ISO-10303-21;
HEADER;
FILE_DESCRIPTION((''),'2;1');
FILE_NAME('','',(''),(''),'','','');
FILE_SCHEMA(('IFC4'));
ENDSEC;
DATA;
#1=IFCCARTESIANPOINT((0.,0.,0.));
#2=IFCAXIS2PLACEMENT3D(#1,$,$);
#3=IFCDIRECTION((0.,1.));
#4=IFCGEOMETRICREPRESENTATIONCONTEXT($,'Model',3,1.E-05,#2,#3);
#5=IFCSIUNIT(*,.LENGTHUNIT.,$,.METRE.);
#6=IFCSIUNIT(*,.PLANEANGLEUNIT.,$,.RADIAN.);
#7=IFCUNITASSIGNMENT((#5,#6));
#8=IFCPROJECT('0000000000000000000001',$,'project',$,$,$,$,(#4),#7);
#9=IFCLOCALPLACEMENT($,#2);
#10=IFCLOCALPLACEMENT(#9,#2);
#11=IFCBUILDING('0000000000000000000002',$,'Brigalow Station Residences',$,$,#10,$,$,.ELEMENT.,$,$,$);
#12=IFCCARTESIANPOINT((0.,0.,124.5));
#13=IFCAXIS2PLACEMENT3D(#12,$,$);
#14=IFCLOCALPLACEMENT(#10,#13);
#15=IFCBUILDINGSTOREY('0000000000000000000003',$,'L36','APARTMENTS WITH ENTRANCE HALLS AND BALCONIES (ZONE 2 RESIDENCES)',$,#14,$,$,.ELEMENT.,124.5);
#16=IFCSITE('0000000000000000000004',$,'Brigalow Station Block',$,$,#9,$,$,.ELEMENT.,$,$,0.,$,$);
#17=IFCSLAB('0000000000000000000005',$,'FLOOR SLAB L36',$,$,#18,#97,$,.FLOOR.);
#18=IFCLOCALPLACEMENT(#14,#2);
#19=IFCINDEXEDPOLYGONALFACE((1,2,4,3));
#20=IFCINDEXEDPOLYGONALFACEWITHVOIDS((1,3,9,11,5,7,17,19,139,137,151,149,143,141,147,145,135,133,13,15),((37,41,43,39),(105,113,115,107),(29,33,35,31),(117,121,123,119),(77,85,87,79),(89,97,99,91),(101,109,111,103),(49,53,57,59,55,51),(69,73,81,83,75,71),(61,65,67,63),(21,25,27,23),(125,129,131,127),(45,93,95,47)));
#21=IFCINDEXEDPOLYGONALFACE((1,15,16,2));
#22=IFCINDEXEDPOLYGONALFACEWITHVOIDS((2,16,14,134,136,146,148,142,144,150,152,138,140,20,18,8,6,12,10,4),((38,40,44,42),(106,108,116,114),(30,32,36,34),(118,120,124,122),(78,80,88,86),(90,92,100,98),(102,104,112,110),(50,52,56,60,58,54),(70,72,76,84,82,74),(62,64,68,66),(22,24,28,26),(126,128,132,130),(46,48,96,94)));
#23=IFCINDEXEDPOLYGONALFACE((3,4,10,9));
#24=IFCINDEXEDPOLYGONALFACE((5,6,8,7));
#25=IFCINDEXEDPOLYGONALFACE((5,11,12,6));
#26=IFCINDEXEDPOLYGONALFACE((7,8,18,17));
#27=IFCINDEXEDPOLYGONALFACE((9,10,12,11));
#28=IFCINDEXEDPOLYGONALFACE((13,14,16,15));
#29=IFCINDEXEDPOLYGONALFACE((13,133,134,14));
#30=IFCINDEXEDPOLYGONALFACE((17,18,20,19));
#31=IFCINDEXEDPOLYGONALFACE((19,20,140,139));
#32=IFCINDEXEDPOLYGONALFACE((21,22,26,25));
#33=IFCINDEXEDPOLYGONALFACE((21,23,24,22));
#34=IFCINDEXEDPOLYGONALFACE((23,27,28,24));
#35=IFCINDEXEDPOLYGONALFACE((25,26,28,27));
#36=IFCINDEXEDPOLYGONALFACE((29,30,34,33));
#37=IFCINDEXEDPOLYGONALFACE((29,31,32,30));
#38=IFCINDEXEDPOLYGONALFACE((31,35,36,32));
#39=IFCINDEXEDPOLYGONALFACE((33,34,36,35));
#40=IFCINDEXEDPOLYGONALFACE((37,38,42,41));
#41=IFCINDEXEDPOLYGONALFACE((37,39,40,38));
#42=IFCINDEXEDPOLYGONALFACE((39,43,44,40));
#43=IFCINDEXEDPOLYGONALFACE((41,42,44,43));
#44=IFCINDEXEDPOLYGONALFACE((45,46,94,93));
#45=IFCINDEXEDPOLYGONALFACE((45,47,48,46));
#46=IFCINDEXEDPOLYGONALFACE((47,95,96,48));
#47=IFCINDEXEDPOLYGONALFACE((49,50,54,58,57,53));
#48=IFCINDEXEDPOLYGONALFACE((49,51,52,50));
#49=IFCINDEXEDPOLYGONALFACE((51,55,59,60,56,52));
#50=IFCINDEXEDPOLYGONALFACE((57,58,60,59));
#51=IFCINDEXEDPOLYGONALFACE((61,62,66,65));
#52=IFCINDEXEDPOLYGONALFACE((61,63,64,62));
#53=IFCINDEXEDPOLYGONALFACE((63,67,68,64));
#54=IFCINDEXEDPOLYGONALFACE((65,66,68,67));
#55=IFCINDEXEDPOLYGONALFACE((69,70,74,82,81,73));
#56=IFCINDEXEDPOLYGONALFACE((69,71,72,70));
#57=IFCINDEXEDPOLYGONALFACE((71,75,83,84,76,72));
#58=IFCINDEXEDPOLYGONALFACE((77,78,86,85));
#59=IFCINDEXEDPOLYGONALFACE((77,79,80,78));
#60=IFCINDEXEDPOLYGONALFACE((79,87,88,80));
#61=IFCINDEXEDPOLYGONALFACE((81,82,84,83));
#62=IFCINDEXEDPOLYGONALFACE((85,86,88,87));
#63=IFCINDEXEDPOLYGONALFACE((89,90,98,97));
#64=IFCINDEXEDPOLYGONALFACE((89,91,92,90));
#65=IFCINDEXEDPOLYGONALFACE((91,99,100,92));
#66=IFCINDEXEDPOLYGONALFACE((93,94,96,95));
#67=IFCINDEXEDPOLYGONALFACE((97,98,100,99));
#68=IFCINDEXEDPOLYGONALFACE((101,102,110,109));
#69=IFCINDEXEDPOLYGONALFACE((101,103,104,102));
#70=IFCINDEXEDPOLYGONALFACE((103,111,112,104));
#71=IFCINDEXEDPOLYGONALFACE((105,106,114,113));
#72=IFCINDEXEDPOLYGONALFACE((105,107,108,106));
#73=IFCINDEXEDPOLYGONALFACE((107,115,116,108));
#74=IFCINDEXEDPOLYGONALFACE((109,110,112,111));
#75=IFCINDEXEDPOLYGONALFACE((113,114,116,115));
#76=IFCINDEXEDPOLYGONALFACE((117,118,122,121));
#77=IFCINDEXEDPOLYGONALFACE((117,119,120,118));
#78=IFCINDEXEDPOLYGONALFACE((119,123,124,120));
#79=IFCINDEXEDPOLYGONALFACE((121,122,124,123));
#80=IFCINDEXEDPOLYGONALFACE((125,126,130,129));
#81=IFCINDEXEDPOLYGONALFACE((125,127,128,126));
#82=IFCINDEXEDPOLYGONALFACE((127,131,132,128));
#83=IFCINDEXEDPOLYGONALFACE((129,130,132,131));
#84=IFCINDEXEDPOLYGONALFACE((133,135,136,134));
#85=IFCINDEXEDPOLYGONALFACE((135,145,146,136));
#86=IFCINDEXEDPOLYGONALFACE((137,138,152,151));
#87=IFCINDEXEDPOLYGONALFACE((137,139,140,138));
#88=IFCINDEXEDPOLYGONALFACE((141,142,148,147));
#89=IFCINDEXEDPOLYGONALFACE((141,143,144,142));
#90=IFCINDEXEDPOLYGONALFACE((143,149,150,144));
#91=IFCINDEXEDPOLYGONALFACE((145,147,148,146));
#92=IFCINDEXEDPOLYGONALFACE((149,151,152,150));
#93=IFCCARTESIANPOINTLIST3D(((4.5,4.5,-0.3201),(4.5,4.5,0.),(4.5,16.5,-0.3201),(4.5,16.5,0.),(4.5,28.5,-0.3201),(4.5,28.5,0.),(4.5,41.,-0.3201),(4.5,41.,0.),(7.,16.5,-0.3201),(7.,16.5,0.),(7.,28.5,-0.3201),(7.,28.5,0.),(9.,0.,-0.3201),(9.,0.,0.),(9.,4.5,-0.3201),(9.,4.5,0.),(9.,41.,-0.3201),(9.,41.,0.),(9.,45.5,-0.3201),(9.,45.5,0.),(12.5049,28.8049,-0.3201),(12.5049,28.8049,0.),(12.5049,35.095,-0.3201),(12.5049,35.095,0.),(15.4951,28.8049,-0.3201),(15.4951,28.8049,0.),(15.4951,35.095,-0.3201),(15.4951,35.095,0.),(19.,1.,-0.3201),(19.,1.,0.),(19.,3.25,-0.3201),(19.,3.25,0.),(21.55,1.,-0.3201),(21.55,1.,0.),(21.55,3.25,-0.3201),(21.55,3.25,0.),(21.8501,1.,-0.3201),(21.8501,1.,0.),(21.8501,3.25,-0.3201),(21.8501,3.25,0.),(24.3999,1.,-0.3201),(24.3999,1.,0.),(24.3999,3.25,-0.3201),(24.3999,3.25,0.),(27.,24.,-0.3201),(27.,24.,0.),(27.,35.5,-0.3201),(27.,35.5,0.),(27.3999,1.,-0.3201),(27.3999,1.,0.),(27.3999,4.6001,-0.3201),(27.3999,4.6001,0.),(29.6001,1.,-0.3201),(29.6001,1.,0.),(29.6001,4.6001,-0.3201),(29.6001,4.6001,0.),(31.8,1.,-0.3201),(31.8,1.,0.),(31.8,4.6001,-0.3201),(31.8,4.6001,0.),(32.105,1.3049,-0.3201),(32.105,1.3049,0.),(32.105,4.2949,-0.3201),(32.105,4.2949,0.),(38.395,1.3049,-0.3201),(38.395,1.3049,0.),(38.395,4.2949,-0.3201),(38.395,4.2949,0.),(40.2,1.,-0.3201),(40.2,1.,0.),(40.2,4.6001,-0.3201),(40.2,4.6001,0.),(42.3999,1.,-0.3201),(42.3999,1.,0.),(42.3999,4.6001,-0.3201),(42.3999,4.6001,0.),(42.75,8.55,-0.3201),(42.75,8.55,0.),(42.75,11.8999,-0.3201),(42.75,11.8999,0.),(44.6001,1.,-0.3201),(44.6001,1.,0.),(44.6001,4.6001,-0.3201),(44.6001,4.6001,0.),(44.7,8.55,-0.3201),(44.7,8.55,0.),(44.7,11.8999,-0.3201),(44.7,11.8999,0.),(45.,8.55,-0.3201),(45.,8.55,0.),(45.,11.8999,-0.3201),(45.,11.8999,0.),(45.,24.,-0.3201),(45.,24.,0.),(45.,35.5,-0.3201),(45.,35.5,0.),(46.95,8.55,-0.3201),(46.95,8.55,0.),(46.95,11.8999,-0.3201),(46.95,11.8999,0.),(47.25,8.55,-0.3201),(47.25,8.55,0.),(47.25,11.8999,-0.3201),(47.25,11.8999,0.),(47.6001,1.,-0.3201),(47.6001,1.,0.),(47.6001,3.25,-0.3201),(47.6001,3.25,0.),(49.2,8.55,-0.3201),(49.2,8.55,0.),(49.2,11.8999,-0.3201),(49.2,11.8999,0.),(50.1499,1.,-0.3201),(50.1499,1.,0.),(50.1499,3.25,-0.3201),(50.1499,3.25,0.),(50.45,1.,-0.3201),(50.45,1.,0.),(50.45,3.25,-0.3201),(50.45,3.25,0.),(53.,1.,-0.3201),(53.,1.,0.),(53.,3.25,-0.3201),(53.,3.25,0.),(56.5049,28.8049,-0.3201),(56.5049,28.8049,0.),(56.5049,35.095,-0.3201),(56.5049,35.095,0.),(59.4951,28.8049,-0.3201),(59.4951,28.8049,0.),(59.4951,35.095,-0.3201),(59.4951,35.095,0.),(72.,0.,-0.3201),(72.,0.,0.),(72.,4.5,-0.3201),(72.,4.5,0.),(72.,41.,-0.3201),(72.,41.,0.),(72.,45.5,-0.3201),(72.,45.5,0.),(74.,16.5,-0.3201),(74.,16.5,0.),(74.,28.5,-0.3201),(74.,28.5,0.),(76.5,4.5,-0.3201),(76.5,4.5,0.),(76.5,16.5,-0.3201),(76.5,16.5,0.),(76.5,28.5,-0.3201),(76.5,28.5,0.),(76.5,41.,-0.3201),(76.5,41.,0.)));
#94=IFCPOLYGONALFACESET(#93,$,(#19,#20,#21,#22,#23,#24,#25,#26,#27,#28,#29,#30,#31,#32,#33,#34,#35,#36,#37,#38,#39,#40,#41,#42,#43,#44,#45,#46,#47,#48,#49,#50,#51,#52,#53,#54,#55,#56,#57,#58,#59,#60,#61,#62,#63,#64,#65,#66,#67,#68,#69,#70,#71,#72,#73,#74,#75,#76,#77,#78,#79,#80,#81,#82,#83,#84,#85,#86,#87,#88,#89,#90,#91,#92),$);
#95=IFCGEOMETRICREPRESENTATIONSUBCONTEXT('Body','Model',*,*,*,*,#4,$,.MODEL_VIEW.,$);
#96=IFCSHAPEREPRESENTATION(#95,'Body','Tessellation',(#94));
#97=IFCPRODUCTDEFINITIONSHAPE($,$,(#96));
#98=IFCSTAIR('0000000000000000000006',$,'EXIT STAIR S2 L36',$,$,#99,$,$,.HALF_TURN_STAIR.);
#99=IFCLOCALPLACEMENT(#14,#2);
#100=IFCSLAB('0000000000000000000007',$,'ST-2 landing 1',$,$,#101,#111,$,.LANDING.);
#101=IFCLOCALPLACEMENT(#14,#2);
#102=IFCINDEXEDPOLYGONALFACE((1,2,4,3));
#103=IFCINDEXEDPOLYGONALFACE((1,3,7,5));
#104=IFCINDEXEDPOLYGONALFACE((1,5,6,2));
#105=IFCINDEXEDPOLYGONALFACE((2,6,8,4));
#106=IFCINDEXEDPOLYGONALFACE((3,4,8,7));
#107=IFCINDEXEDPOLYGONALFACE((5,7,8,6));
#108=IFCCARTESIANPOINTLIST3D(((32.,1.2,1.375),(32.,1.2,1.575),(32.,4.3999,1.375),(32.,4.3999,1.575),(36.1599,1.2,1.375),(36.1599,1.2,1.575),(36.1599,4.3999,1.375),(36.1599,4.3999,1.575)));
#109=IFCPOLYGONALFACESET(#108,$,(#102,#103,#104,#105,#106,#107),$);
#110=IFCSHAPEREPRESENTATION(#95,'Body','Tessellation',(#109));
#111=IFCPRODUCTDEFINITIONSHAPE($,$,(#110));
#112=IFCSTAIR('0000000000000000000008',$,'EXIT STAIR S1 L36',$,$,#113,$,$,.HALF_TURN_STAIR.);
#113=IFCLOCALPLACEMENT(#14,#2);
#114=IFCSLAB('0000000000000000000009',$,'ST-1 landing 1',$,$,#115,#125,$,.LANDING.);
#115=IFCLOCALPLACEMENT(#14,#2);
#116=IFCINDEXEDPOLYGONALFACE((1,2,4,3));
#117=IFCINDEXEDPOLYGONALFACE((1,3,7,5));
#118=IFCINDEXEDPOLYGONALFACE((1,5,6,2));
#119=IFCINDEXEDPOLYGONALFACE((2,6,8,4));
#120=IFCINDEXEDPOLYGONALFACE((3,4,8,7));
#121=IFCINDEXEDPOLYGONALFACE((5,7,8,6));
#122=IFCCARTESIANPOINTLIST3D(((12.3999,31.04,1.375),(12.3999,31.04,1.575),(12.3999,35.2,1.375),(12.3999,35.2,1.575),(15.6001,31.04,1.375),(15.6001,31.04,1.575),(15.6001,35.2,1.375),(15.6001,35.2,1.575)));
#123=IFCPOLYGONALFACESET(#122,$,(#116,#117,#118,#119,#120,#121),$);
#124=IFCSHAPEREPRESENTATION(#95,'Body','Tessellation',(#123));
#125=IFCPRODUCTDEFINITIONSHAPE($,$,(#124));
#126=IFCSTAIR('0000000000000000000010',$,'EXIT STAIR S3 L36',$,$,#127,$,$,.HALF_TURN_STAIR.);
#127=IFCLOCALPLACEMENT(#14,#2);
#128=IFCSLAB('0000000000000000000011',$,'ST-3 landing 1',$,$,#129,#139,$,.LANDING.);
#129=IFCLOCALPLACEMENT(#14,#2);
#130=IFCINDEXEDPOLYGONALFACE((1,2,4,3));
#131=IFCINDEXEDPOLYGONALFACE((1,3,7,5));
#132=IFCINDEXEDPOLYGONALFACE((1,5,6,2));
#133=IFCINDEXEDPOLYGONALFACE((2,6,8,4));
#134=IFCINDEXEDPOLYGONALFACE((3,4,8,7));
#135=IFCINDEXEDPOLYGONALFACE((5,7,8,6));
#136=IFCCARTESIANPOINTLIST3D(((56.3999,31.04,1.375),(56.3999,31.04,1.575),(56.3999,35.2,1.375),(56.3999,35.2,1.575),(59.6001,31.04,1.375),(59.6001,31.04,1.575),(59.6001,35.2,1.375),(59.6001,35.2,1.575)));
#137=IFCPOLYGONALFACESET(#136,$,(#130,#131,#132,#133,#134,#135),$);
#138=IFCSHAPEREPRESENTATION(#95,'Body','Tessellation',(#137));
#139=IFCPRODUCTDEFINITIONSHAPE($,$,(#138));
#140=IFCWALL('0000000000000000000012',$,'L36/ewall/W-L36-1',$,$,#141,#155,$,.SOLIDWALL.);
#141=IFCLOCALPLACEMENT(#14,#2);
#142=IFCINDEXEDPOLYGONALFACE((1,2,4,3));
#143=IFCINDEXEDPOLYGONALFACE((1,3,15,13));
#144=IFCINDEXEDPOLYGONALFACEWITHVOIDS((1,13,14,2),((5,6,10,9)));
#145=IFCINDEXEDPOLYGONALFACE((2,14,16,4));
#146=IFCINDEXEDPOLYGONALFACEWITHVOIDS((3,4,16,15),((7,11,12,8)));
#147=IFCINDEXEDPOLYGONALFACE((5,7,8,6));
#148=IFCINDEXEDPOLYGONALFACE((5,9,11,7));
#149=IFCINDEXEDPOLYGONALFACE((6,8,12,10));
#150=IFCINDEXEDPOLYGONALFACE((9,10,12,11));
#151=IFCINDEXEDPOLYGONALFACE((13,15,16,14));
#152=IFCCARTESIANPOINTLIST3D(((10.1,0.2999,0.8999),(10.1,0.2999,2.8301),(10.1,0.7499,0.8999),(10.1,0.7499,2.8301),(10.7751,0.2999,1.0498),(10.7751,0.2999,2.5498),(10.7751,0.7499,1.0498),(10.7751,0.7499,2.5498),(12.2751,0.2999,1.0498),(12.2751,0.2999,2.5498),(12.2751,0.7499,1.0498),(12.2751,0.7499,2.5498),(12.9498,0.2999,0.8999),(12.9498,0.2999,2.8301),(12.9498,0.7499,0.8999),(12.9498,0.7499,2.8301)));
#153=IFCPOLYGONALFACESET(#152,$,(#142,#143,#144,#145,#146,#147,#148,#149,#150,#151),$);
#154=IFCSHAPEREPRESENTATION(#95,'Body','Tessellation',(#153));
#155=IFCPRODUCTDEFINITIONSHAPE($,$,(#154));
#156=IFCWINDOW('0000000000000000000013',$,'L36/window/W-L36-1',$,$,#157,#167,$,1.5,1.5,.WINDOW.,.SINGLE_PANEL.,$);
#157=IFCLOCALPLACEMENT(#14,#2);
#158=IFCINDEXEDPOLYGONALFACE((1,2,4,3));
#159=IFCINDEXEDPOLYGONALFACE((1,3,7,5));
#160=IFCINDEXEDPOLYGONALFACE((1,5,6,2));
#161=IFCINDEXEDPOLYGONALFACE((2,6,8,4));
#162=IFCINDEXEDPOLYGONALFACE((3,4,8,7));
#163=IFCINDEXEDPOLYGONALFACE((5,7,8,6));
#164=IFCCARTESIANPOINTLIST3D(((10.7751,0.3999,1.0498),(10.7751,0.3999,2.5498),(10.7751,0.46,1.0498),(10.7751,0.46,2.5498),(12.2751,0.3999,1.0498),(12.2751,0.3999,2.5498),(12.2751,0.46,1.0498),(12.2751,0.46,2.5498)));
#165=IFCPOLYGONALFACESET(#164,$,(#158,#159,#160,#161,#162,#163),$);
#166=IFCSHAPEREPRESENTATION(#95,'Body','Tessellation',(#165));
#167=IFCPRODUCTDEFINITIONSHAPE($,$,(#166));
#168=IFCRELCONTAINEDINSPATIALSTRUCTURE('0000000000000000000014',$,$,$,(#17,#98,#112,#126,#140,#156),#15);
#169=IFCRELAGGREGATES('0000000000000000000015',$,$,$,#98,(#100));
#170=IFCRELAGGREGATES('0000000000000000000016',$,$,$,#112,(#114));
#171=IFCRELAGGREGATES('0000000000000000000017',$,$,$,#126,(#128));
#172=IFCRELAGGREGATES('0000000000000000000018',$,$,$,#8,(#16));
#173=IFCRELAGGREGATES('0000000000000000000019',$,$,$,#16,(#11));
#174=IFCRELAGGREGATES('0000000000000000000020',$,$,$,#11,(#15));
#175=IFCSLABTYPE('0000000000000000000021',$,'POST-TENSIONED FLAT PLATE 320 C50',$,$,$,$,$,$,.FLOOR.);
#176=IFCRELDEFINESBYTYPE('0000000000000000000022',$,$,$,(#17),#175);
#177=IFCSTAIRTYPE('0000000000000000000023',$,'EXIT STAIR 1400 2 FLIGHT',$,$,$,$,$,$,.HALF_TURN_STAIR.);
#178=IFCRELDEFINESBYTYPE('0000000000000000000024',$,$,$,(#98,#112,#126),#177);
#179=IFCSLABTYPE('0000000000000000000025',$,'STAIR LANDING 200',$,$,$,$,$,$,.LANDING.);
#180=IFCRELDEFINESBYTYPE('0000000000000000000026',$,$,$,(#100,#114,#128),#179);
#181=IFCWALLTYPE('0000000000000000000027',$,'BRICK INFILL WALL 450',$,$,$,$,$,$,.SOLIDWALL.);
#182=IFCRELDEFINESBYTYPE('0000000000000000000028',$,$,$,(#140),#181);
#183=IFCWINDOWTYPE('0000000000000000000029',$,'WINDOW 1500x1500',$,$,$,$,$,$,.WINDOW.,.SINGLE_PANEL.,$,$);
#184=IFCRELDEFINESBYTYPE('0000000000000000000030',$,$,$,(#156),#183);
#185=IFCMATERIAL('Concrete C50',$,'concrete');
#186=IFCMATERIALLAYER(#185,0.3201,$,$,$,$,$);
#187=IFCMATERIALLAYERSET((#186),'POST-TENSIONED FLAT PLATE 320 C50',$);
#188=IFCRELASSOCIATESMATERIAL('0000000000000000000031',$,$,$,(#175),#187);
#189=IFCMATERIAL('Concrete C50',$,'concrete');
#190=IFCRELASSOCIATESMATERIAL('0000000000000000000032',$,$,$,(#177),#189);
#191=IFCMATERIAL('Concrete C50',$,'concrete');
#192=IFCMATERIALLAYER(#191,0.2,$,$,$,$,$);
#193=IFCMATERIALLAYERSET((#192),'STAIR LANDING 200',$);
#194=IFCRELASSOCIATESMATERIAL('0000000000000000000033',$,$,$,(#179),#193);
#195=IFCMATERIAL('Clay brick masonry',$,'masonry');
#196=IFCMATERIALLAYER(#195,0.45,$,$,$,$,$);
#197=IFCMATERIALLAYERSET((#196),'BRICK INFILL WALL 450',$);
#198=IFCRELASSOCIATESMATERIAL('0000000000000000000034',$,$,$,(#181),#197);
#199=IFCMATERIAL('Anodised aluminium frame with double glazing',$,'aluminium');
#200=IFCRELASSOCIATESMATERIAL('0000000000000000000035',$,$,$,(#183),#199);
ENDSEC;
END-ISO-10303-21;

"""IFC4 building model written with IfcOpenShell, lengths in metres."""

from ifc_helpers import new_model, si_unit, direction, frame, frame_2d, origin, place, context, subcontext, project, spatial, polyline, rectangle, outline, extrude, material, layer, layer_set, type_object, element, fill, aggregate, save


model = new_model("IFC4")

# Units and contexts
model_context = context("Model", 3, precision=1e-05, world=origin(), true_north=direction((0.0, 1.0)))
body_context = subcontext(model_context, "Body", "Model", "MODEL_VIEW")
ifc_project = project(units=[si_unit("LENGTHUNIT", "METRE"), si_unit("PLANEANGLEUNIT", "RADIAN")], contexts=[model_context])

# Site, building, storey
site_placement = place(None, origin())
site = spatial("IfcSite", under=ifc_project, at=site_placement, Name="Brigalow Station Block", CompositionType="ELEMENT", RefElevation=0.0)
building_placement = place(site_placement, origin())
building = spatial("IfcBuilding", under=site, at=building_placement, Name="Brigalow Station Residences", CompositionType="ELEMENT")
storey_placement = place(building_placement, frame((0.0, 0.0, 124.5)))
storey = spatial("IfcBuildingStorey", under=building, at=storey_placement, Name="L36", Description="APARTMENTS WITH ENTRANCE HALLS AND BALCONIES (ZONE 2 RESIDENCES)", CompositionType="ELEMENT", Elevation=124.5)

# Slab
ifc_material_1 = material(Name="Concrete C50", Category="concrete")
ifc_layer_1 = layer(ifc_material_1, 0.3201)
ifc_layer_set_1 = layer_set([ifc_layer_1], Name="POST-TENSIONED FLAT PLATE 320 C50")
slab_type_1 = type_object("IfcSlabType", Name="POST-TENSIONED FLAT PLATE 320 C50", PredefinedType="FLOOR", material=ifc_layer_set_1)
slab_1_placement = place(storey_placement, frame((0.0, 0.0, -0.3201)))
element("IfcSlab", 1, at=slab_1_placement, inside=storey, type_object=slab_type_1, Name="FLOOR SLAB L36", PredefinedType="FLOOR", context=body_context, shape_type="SweptSolid", body=[
    extrude(outline(polyline([(9.0, 0.0), (72.0, 0.0), (72.0, 4.5), (76.5, 4.5), (76.5, 16.5), (74.0, 16.5), (74.0, 28.5), (76.5, 28.5), (76.5, 41.0), (72.0, 41.0), (72.0, 45.5), (9.0, 45.5), (9.0, 41.0), (4.5, 41.0), (4.5, 28.5), (7.0, 28.5), (7.0, 16.5), (4.5, 16.5), (4.5, 4.5), (9.0, 4.5), (9.0, 0.0)]), holes=[polyline([(12.5049, 35.095), (15.4951, 35.095), (15.4951, 28.8049), (12.5049, 28.8049), (12.5049, 35.095)]), polyline([(19.0, 1.0), (19.0, 3.25), (21.55, 3.25), (21.55, 1.0), (19.0, 1.0)]), polyline([(21.8501, 3.25), (24.3999, 3.25), (24.3999, 1.0), (21.8501, 1.0), (21.8501, 3.25)]), polyline([(27.0, 35.5), (45.0, 35.5), (45.0, 24.0), (27.0, 24.0), (27.0, 35.5)]), polyline([(29.6001, 4.6001), (31.8, 4.6001), (31.8, 1.0), (29.6001, 1.0), (27.3999, 1.0), (27.3999, 4.6001), (29.6001, 4.6001)]), polyline([(32.105, 4.2949), (38.395, 4.2949), (38.395, 1.3049), (32.105, 1.3049), (32.105, 4.2949)]), polyline([(40.2, 4.6001), (42.3999, 4.6001), (44.6001, 4.6001), (44.6001, 1.0), (42.3999, 1.0), (40.2, 1.0), (40.2, 4.6001)]), polyline([(42.75, 11.8999), (44.7, 11.8999), (44.7, 8.55), (42.75, 8.55), (42.75, 11.8999)]), polyline([(45.0, 11.8999), (46.95, 11.8999), (46.95, 8.55), (45.0, 8.55), (45.0, 11.8999)]), polyline([(47.25, 11.8999), (49.2, 11.8999), (49.2, 8.55), (47.25, 8.55), (47.25, 11.8999)]), polyline([(47.6001, 3.25), (50.1499, 3.25), (50.1499, 1.0), (47.6001, 1.0), (47.6001, 3.25)]), polyline([(50.45, 3.25), (53.0, 3.25), (53.0, 1.0), (50.45, 1.0), (50.45, 3.25)]), polyline([(56.5049, 35.095), (59.4951, 35.095), (59.4951, 28.8049), (56.5049, 28.8049), (56.5049, 35.095)])]), origin(), (0.0, 0.0, 1.0), 0.3201),
])

# Stairs, slabs
ifc_material_2 = material(Name="Concrete C50", Category="concrete")
stair_type = type_object("IfcStairType", Name="EXIT STAIR 1400 2 FLIGHT", PredefinedType="HALF_TURN_STAIR", material=ifc_material_2)
stair_1_placement = place(storey_placement, origin())
stair_1 = element("IfcStair", 2, at=stair_1_placement, inside=storey, type_object=stair_type, Name="EXIT STAIR S2 L36", PredefinedType="HALF_TURN_STAIR")
ifc_material_3 = material(Name="Concrete C50", Category="concrete")
ifc_layer_2 = layer(ifc_material_3, 0.2)
ifc_layer_set_2 = layer_set([ifc_layer_2], Name="STAIR LANDING 200")
slab_type_2 = type_object("IfcSlabType", Name="STAIR LANDING 200", PredefinedType="LANDING", material=ifc_layer_set_2)
slab_2_placement = place(storey_placement, frame((0.0, 0.0, 1.375)))
slab_2 = element("IfcSlab", 3, at=slab_2_placement, type_object=slab_type_2, Name="ST-2 landing 1", PredefinedType="LANDING", context=body_context, shape_type="SweptSolid", body=[
    extrude(outline(polyline([(32.0, 1.2), (36.1599, 1.2), (36.1599, 4.3999), (32.0, 4.3999), (32.0, 1.2)])), origin(), (0.0, 0.0, 1.0), 0.2),
])
aggregate(stair_1, [slab_2])
stair_2_placement = place(storey_placement, origin())
stair_2 = element("IfcStair", 4, at=stair_2_placement, inside=storey, type_object=stair_type, Name="EXIT STAIR S1 L36", PredefinedType="HALF_TURN_STAIR")
slab_3_placement = place(storey_placement, frame((0.0, 0.0, 1.375)))
slab_3 = element("IfcSlab", 5, at=slab_3_placement, type_object=slab_type_2, Name="ST-1 landing 1", PredefinedType="LANDING", context=body_context, shape_type="SweptSolid", body=[
    extrude(outline(polyline([(12.3999, 31.04), (15.6001, 31.04), (15.6001, 35.2), (12.3999, 35.2), (12.3999, 31.04)])), origin(), (0.0, 0.0, 1.0), 0.2),
])
aggregate(stair_2, [slab_3])
stair_3_placement = place(storey_placement, origin())
stair_3 = element("IfcStair", 6, at=stair_3_placement, inside=storey, type_object=stair_type, Name="EXIT STAIR S3 L36", PredefinedType="HALF_TURN_STAIR")
slab_4_placement = place(storey_placement, frame((0.0, 0.0, 1.375)))
slab_4 = element("IfcSlab", 7, at=slab_4_placement, type_object=slab_type_2, Name="ST-3 landing 1", PredefinedType="LANDING", context=body_context, shape_type="SweptSolid", body=[
    extrude(outline(polyline([(56.3999, 31.04), (59.6001, 31.04), (59.6001, 35.2), (56.3999, 35.2), (56.3999, 31.04)])), origin(), (0.0, 0.0, 1.0), 0.2),
])
aggregate(stair_3, [slab_4])

# Wall, opening, window
ifc_material_4 = material(Name="Clay brick masonry", Category="masonry")
ifc_layer_3 = layer(ifc_material_4, 0.45)
ifc_layer_set_3 = layer_set([ifc_layer_3], Name="BRICK INFILL WALL 450")
wall_type_1 = type_object("IfcWallType", Name="BRICK INFILL WALL 450", PredefinedType="SOLIDWALL", material=ifc_layer_set_3)
wall_1_placement = place(storey_placement, frame((10.1001, 0.5249, 0.8999), z_axis=(0.0, 0.0, 1.0), x_axis=(1.0, 0.0, 0.0)))
wall_1 = element("IfcWall", 8, at=wall_1_placement, inside=storey, type_object=wall_type_1, Name="L36/ewall/W-L36-1", PredefinedType="SOLIDWALL", context=body_context, shape_type="SweptSolid", body=[
    extrude(rectangle(XDim=2.8499, YDim=0.45, at=frame_2d((1.4248, 0.0))), origin(), (0.0, 0.0, 1.0), 1.9302),
])
opening_1_placement = place(wall_1_placement, frame((0.675, 0.0, 0.1499)))
opening_1 = element("IfcOpeningElement", 9, at=opening_1_placement, cuts=wall_1, PredefinedType="OPENING", context=body_context, shape_type="SweptSolid", body=[
    extrude(rectangle(XDim=1.5, YDim=1.5, at=frame_2d((0.75, 0.75))), frame((0.0, 0.2349, 0.0), z_axis=(0.0, -1.0, 0.0), x_axis=(1.0, 0.0, 0.0)), (0.0, 0.0, 1.0), 0.47),
])
ifc_material_5 = material(Name="Anodised aluminium frame with double glazing", Category="aluminium")
window_type_1 = type_object("IfcWindowType", Name="WINDOW 1500x1500", PartitioningType="SINGLE_PANEL", PredefinedType="WINDOW", material=ifc_material_5)
window_1_placement = place(opening_1_placement, origin())
window_1 = element("IfcWindow", 10, at=window_1_placement, inside=storey, type_object=window_type_1, Name="L36/window/W-L36-1", OverallHeight=1.5, OverallWidth=1.5, PartitioningType="SINGLE_PANEL", PredefinedType="WINDOW", context=body_context, shape_type="SweptSolid", body=[
    extrude(rectangle(XDim=1.5, YDim=1.5, at=frame_2d((0.75, 0.75))), frame((0.0, -0.0649, 0.0), z_axis=(0.0, -1.0, 0.0), x_axis=(1.0, 0.0, 0.0)), (0.0, 0.0, 1.0), 0.0601),
])
fill(opening_1, window_1)

save(model, "model.ifc")
